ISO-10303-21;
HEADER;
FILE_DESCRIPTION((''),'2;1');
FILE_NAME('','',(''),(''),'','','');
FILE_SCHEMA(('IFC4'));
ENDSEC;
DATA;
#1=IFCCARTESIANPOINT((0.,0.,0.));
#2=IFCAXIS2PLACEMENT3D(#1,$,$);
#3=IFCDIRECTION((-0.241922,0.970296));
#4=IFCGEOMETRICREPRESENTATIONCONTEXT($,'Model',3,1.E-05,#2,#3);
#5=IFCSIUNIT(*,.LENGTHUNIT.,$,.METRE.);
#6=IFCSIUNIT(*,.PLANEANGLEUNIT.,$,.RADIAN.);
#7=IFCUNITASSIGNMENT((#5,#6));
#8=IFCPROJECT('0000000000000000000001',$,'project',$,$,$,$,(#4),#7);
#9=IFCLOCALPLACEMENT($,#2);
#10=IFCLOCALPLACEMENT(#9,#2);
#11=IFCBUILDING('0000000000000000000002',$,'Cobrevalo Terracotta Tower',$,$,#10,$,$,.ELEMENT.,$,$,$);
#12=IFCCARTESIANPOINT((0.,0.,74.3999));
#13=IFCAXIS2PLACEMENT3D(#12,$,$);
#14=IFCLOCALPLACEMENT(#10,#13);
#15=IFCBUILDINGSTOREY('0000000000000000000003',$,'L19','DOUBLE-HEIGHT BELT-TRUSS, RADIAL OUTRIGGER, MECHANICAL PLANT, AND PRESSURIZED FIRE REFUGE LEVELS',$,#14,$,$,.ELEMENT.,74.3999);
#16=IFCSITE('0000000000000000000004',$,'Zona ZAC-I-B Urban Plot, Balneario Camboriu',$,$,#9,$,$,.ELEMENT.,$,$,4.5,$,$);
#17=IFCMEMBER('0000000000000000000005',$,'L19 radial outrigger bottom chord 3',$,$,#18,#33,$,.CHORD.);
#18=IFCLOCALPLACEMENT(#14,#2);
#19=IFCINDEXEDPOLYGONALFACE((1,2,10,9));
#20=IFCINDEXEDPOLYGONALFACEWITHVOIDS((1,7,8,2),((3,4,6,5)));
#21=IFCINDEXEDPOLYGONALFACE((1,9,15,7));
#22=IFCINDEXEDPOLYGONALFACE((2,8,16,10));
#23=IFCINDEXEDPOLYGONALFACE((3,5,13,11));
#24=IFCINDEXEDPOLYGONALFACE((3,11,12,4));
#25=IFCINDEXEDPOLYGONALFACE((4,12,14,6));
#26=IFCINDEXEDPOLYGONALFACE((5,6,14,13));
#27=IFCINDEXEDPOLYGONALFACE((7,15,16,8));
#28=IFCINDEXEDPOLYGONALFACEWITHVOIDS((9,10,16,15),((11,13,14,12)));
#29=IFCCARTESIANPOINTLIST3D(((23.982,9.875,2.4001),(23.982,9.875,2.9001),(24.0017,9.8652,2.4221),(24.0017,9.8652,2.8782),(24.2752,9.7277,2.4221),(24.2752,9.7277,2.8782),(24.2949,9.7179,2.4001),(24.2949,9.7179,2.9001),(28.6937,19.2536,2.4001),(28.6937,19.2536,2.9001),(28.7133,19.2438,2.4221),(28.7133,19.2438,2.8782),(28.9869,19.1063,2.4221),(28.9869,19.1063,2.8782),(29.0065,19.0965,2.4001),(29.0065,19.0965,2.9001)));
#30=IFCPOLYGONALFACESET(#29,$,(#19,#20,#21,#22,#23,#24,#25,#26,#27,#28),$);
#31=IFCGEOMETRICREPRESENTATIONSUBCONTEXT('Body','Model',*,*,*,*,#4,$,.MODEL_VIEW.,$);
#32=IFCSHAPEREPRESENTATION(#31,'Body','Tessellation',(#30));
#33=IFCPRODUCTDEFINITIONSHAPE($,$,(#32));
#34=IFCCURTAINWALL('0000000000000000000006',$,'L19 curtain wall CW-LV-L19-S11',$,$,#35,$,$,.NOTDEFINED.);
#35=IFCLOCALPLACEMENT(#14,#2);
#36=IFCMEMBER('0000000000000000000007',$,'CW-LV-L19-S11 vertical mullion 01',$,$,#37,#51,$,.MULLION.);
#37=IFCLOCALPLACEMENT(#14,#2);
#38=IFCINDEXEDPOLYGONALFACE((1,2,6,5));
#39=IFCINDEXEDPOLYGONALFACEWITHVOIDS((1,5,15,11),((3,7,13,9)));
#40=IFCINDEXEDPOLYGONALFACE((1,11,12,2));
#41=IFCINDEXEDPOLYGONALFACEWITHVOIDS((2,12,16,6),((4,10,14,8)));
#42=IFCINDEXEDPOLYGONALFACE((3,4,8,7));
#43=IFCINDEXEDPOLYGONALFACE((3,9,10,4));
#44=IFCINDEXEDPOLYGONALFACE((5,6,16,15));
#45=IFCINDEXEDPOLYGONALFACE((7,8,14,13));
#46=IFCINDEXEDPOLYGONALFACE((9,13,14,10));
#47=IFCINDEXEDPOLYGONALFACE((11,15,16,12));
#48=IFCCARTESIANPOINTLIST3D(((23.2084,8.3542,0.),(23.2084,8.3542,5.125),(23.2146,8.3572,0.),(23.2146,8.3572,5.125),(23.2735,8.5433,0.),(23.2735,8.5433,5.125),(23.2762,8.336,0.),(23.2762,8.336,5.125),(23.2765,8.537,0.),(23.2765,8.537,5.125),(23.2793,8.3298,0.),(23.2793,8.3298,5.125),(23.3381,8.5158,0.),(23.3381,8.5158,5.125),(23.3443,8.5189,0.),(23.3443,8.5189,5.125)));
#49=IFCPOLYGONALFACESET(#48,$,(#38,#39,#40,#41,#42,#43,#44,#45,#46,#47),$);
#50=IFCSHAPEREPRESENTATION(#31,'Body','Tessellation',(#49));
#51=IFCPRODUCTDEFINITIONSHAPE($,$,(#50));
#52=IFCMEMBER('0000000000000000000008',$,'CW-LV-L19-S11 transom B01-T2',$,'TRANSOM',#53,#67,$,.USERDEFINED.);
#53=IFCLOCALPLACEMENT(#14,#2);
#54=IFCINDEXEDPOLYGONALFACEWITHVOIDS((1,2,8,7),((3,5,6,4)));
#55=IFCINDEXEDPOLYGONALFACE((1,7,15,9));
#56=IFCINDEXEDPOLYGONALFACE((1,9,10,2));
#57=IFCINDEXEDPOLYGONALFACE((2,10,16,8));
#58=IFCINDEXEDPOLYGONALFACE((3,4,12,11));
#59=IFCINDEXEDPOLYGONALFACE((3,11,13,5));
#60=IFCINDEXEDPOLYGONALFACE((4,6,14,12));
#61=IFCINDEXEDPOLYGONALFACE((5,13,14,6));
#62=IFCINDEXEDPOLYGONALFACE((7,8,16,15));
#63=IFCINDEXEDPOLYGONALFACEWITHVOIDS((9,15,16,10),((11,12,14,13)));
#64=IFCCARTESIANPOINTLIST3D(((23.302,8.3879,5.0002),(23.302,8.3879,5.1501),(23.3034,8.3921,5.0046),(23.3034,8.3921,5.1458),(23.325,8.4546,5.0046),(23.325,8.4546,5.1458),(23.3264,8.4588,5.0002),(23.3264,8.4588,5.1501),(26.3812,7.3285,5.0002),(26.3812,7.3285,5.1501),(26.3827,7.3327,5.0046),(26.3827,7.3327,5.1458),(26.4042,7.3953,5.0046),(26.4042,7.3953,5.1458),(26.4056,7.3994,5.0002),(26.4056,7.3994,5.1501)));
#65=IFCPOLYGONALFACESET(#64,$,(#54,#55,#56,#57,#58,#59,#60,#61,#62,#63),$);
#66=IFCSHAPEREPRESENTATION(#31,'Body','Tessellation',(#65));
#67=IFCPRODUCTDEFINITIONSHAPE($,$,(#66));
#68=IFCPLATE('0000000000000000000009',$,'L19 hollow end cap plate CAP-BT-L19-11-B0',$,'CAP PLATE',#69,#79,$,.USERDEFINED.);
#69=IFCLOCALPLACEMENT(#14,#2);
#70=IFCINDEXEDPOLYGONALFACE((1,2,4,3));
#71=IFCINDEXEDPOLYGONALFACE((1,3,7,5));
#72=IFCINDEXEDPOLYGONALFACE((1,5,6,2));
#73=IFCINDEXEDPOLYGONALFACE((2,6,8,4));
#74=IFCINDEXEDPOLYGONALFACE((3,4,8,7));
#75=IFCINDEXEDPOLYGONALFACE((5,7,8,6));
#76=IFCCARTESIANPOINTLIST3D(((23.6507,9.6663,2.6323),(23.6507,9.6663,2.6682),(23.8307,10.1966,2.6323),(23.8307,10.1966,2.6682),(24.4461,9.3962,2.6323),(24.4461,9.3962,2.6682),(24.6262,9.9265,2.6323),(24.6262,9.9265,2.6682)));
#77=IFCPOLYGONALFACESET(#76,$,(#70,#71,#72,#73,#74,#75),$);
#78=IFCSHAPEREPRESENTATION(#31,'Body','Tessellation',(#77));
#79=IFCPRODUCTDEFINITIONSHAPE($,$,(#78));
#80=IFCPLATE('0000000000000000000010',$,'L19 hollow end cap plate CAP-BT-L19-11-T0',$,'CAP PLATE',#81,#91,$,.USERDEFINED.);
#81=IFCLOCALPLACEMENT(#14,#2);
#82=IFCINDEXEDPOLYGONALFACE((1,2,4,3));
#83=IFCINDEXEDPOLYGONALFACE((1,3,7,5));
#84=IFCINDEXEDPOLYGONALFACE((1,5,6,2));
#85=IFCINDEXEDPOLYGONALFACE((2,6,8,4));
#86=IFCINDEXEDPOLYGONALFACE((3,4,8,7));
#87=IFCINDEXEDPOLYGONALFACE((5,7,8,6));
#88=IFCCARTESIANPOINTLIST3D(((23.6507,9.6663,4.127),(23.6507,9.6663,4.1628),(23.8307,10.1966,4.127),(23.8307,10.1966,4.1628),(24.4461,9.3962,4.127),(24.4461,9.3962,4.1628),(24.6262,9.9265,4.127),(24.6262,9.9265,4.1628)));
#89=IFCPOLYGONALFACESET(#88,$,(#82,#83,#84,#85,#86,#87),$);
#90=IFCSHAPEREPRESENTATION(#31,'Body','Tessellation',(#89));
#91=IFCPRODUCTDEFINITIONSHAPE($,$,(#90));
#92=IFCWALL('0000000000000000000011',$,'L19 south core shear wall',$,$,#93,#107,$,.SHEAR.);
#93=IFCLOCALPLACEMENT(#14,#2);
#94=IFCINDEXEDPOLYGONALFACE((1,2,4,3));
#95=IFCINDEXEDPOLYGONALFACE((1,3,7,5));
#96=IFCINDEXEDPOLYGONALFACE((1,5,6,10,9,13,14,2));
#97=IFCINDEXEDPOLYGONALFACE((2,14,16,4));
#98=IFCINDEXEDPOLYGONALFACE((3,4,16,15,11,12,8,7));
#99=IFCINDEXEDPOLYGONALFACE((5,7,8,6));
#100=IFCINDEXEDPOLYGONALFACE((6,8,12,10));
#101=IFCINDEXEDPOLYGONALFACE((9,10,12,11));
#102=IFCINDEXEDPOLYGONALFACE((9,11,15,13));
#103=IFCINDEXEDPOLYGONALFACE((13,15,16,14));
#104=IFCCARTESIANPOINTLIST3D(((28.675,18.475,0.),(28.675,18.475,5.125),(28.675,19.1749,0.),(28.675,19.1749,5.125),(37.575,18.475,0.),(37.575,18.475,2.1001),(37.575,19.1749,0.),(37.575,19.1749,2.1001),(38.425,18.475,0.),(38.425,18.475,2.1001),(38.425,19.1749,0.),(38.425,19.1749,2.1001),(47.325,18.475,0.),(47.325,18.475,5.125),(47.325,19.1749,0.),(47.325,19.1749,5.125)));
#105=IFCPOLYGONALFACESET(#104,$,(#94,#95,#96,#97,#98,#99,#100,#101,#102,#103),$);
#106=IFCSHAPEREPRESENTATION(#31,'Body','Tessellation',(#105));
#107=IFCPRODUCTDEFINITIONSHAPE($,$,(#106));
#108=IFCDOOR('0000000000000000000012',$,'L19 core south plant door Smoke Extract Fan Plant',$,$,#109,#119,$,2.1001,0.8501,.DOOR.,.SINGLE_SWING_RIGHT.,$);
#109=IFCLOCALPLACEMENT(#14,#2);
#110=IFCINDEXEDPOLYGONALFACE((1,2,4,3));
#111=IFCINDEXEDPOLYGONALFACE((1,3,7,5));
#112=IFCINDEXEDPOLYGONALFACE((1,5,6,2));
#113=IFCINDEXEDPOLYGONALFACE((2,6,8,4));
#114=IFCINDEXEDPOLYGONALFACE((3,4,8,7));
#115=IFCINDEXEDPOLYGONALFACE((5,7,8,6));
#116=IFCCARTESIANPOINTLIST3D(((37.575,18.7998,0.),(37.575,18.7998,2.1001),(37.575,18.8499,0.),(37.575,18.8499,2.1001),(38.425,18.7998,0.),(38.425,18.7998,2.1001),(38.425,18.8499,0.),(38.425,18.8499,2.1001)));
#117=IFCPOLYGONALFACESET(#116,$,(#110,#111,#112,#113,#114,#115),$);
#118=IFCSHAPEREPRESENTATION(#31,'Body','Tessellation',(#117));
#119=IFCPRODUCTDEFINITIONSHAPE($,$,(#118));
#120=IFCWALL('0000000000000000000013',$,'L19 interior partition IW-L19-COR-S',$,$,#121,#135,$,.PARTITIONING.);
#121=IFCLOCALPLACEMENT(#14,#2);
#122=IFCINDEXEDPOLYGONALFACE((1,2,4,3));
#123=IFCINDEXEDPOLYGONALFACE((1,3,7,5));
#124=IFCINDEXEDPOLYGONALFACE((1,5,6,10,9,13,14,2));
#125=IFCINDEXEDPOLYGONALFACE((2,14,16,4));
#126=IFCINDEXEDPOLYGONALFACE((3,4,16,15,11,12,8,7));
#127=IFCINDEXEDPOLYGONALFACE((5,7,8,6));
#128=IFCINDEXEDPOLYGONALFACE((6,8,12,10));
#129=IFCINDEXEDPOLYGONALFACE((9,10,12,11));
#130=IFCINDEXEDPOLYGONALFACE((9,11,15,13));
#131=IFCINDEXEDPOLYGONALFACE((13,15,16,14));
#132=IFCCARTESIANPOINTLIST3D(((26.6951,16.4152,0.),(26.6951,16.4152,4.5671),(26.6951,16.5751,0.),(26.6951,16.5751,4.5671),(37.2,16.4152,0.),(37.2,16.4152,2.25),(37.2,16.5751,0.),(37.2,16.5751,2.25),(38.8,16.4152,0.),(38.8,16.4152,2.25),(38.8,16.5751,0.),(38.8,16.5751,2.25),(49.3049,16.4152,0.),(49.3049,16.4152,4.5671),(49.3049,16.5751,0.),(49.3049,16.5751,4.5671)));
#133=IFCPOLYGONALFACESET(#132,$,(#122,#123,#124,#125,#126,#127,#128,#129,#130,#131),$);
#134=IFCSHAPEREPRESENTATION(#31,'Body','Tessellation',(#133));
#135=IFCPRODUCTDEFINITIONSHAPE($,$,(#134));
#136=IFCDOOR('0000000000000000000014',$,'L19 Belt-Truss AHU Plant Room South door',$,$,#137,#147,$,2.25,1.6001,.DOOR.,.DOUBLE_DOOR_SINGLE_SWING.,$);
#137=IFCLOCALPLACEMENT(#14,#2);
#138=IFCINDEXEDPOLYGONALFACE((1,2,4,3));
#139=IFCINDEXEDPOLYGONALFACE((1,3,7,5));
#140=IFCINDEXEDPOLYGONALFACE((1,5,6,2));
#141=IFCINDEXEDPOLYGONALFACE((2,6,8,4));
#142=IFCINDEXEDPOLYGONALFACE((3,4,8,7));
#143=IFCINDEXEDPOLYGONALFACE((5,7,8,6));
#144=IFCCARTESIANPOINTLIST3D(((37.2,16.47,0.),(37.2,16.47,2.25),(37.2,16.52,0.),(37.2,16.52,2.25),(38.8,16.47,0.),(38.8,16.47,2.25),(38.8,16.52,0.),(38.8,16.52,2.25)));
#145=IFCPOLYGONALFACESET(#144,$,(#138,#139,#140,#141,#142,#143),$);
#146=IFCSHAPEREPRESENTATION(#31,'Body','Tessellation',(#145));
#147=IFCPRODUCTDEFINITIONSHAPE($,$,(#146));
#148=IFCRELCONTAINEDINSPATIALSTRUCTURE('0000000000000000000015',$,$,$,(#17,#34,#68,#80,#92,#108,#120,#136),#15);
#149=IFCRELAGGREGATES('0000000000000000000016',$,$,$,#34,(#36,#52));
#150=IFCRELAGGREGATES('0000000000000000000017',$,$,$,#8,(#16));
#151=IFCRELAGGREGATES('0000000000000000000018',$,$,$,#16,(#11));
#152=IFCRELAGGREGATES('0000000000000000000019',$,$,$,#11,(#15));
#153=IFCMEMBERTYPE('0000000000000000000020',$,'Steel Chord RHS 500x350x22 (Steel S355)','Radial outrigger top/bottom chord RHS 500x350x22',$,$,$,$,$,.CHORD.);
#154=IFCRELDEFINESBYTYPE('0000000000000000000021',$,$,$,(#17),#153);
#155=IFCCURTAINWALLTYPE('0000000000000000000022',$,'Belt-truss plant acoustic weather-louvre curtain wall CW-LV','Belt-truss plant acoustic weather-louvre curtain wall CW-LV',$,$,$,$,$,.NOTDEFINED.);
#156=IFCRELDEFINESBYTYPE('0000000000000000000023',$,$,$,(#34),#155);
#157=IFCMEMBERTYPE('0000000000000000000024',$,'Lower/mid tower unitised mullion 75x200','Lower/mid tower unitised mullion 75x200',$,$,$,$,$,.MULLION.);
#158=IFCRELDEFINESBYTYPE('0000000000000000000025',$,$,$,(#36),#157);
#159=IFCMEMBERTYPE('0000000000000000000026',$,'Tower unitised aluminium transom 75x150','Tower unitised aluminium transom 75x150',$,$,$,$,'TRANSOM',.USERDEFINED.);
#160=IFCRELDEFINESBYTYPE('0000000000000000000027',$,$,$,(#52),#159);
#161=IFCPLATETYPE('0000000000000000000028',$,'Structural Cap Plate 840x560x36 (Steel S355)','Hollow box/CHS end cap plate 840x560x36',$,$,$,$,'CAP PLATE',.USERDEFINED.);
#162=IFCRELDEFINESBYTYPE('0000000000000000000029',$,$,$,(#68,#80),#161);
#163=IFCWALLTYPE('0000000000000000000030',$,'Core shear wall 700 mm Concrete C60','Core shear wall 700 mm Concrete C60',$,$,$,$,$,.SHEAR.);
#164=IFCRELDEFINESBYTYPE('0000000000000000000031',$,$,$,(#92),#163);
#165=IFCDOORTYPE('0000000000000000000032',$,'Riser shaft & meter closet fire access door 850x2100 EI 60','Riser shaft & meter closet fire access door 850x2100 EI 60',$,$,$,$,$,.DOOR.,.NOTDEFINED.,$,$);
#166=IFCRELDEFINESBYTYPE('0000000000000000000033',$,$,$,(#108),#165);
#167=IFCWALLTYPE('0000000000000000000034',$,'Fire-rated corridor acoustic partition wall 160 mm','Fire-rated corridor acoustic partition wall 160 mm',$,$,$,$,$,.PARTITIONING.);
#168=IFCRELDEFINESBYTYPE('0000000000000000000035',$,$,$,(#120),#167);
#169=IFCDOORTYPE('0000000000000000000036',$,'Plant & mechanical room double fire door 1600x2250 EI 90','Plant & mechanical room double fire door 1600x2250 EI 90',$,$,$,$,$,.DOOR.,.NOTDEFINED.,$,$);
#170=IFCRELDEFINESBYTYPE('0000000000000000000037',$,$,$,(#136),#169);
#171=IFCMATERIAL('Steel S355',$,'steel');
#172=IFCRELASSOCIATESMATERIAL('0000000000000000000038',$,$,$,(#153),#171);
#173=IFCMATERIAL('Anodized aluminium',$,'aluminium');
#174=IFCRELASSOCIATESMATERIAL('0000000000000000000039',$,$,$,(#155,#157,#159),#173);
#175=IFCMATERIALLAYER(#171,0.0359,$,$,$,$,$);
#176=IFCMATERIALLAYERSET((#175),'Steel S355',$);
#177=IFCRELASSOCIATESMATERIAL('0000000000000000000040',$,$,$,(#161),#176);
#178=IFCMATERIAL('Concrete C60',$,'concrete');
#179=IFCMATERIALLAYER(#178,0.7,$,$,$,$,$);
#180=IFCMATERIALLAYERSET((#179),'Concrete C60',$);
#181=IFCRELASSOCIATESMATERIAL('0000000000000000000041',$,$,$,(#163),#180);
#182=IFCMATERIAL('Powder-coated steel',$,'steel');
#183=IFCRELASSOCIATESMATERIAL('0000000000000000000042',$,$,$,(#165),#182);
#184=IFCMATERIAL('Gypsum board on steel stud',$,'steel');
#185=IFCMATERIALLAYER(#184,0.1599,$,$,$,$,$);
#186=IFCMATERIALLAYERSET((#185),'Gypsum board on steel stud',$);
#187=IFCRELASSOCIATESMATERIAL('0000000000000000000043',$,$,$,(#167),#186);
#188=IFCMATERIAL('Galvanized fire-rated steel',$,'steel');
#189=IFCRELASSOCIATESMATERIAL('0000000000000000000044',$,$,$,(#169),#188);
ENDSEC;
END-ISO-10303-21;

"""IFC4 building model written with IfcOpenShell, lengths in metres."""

from ifc_helpers import new_model, si_unit, direction, frame, frame_2d, origin, origin_2d, place, context, subcontext, project, spatial, rectangle, hollow_rectangle, extrude, source, transform, mapped, material, layer, layer_set, material_profile, profile_set, type_object, element, fill, aggregate, save


model = new_model("IFC4")

# Units and contexts
model_context = context("Model", 3, precision=1e-05, world=origin(), true_north=direction((-0.241922, 0.970296)))
body_context = subcontext(model_context, "Body", "Model", "MODEL_VIEW")
ifc_project = project(units=[si_unit("LENGTHUNIT", "METRE"), si_unit("PLANEANGLEUNIT", "RADIAN")], contexts=[model_context])

# Site, building, storey
site_placement = place(None, origin())
site = spatial("IfcSite", under=ifc_project, at=site_placement, Name="Zona ZAC-I-B Urban Plot, Balneario Camboriu", CompositionType="ELEMENT", RefElevation=4.5)
building_placement = place(site_placement, origin())
building = spatial("IfcBuilding", under=site, at=building_placement, Name="Cobrevalo Terracotta Tower", CompositionType="ELEMENT")
storey_placement = place(building_placement, frame((0.0, 0.0, 74.3999)))
storey = spatial("IfcBuildingStorey", under=building, at=storey_placement, Name="L19", Description="DOUBLE-HEIGHT BELT-TRUSS, RADIAL OUTRIGGER, MECHANICAL PLANT, AND PRESSURIZED FIRE REFUGE LEVELS", CompositionType="ELEMENT", Elevation=74.3999)

# Shared definitions
ifc_material_1 = material(Name="Steel S355", Category="steel")
ifc_material_2 = material(Name="Concrete C60", Category="concrete")

# Member
ifc_material_profile_1 = material_profile(ifc_material_1, hollow_rectangle(XDim=0.3501, YDim=0.5, WallThickness=0.022, at=origin_2d()), Name="RHS 500x350x22")
ifc_profile_set_1 = profile_set([ifc_material_profile_1], Name="Steel S355")
member_type_1 = type_object("IfcMemberType", Name="Steel Chord RHS 500x350x22 (Steel S355)", Description="Radial outrigger top/bottom chord RHS 500x350x22", PredefinedType="CHORD", material=ifc_profile_set_1)
shared_shape_1 = source(origin(), body_context, "Body", "SweptSolid", [
    extrude(hollow_rectangle(XDim=0.3501, YDim=0.5, WallThickness=0.022, at=origin_2d()), origin(), (0.0, 0.0, 1.0), 10.4956),
])
member_1_placement = place(storey_placement, frame((28.8501, 19.175, 2.6501), z_axis=(-0.448915, -0.893574, 0.0), x_axis=(0.893574, -0.448915, 0.0)))
element("IfcMember", 1, at=member_1_placement, inside=storey, type_object=member_type_1, Name="L19 radial outrigger bottom chord 3", PredefinedType="CHORD", context=body_context, shape_type="MappedRepresentation", body=[
    mapped(shared_shape_1, transform((0.0, 0.0, 0.0), scale=1.0)),
])

# Curtain wall, members
ifc_material_3 = material(Name="Anodized aluminium", Category="aluminium")
curtain_wall_type = type_object("IfcCurtainWallType", Name="Belt-truss plant acoustic weather-louvre curtain wall CW-LV", Description="Belt-truss plant acoustic weather-louvre curtain wall CW-LV", PredefinedType="NOTDEFINED", material=ifc_material_3)
curtain_wall_placement = place(storey_placement, origin())
curtain_wall = element("IfcCurtainWall", 2, at=curtain_wall_placement, inside=storey, type_object=curtain_wall_type, Name="L19 curtain wall CW-LV-L19-S11", PredefinedType="NOTDEFINED")
ifc_material_profile_2 = material_profile(ifc_material_3, hollow_rectangle(XDim=0.075, YDim=0.2, WallThickness=0.0049, at=origin_2d()), Name="CWM 75x200")
ifc_profile_set_2 = profile_set([ifc_material_profile_2], Name="Anodized aluminium")
member_type_2 = type_object("IfcMemberType", Name="Lower/mid tower unitised mullion 75x200", Description="Lower/mid tower unitised mullion 75x200", PredefinedType="MULLION", material=ifc_profile_set_2)
shared_shape_2 = source(origin(), body_context, "Body", "SweptSolid", [
    extrude(hollow_rectangle(XDim=0.075, YDim=0.2, WallThickness=0.0049, at=origin_2d()), origin(), (0.0, 0.0, 1.0), 5.125),
])
member_2_placement = place(storey_placement, frame((23.2764, 8.4365, 0.0), z_axis=(0.0, 0.0, 1.0), x_axis=(0.945598, -0.325337, 0.0)))
member_2 = element("IfcMember", 3, at=member_2_placement, type_object=member_type_2, Name="CW-LV-L19-S11 vertical mullion 01", PredefinedType="MULLION", context=body_context, shape_type="MappedRepresentation", body=[
    mapped(shared_shape_2, transform((0.0, 0.0, 0.0), scale=1.0)),
])
ifc_material_profile_3 = material_profile(ifc_material_3, hollow_rectangle(XDim=0.075, YDim=0.1499, WallThickness=0.0044, at=origin_2d()), Name="CWT 75x150")
ifc_profile_set_3 = profile_set([ifc_material_profile_3], Name="Anodized aluminium")
member_type_3 = type_object("IfcMemberType", Name="Tower unitised aluminium transom 75x150", Description="Tower unitised aluminium transom 75x150", ElementType="TRANSOM", PredefinedType="USERDEFINED", material=ifc_profile_set_3)
shared_shape_3 = source(origin(), body_context, "Body", "SweptSolid", [
    extrude(hollow_rectangle(XDim=0.075, YDim=0.1499, WallThickness=0.0044, at=origin_2d()), origin(), (0.0, 0.0, 1.0), 3.2563),
])
member_3_placement = place(storey_placement, frame((23.3142, 8.4233, 5.0752), z_axis=(0.945603, -0.325323, 0.0), x_axis=(0.325323, 0.945603, 0.0)))
member_3 = element("IfcMember", 4, at=member_3_placement, type_object=member_type_3, Name="CW-LV-L19-S11 transom B01-T2", ObjectType="TRANSOM", PredefinedType="USERDEFINED", context=body_context, shape_type="MappedRepresentation", body=[
    mapped(shared_shape_3, transform((0.0, 0.0, 0.0), scale=1.0)),
])
aggregate(curtain_wall, [member_2, member_3])

# Plates
ifc_layer_1 = layer(ifc_material_1, 0.0359)
ifc_layer_set_1 = layer_set([ifc_layer_1], Name="Steel S355")
plate_type = type_object("IfcPlateType", Name="Structural Cap Plate 840x560x36 (Steel S355)", Description="Hollow box/CHS end cap plate 840x560x36", ElementType="CAP PLATE", PredefinedType="USERDEFINED", material=ifc_layer_set_1)
shared_shape_4 = source(origin(), body_context, "Body", "SweptSolid", [
    extrude(rectangle(XDim=0.8401, YDim=0.5601, at=origin_2d()), origin(), (0.0, 0.0, 1.0), 0.0359),
])
for number, where, z_axis, x_axis, name in (
    (5, (24.1384, 9.7964, 2.6323), (0.0, 0.0, 1.0), (0.946916, -0.321482, 0.0), "L19 hollow end cap plate CAP-BT-L19-11-B0"),
    (6, (24.1384, 9.7964, 4.127), (0.0, 0.0, 1.0), (0.946916, -0.321482, 0.0), "L19 hollow end cap plate CAP-BT-L19-11-T0"),
):
    element("IfcPlate", number, at=place(storey_placement, frame(where, z_axis=z_axis, x_axis=x_axis)), inside=storey, type_object=plate_type, Name=name, ObjectType="CAP PLATE", PredefinedType="USERDEFINED", context=body_context, shape_type="MappedRepresentation", body=[
        mapped(shared_shape_4, transform((0.0, 0.0, 0.0), scale=1.0)),
    ])

# Walls, openings, doors
ifc_layer_2 = layer(ifc_material_2, 0.7)
ifc_layer_set_2 = layer_set([ifc_layer_2], Name="Concrete C60")
wall_type_1 = type_object("IfcWallType", Name="Core shear wall 700 mm Concrete C60", Description="Core shear wall 700 mm Concrete C60", PredefinedType="SHEAR", material=ifc_layer_set_2)
wall_1_placement = place(storey_placement, frame((28.675, 18.825, 0.0), z_axis=(0.0, 0.0, 1.0), x_axis=(1.0, 0.0, 0.0)))
wall_1 = element("IfcWall", 7, at=wall_1_placement, inside=storey, type_object=wall_type_1, Name="L19 south core shear wall", PredefinedType="SHEAR", context=body_context, shape_type="SweptSolid", body=[
    extrude(rectangle(XDim=18.6499, YDim=0.7, at=frame_2d((9.325, 0.0))), origin(), (0.0, 0.0, 1.0), 5.125),
])
opening_1_placement = place(wall_1_placement, frame((8.8999, 0.0, 0.0)))
opening_1 = element("IfcOpeningElement", 8, at=opening_1_placement, cuts=wall_1, PredefinedType="OPENING", context=body_context, shape_type="SweptSolid", body=[
    extrude(rectangle(XDim=0.8501, YDim=2.1001, at=frame_2d((0.425, 1.05))), frame((0.0, 0.3599, 0.0), z_axis=(0.0, -1.0, 0.0), x_axis=(1.0, 0.0, 0.0)), (0.0, 0.0, 1.0), 0.72),
])
ifc_material_4 = material(Name="Powder-coated steel", Category="steel")
door_type_1 = type_object("IfcDoorType", Name="Riser shaft & meter closet fire access door 850x2100 EI 60", Description="Riser shaft & meter closet fire access door 850x2100 EI 60", OperationType="NOTDEFINED", PredefinedType="DOOR", material=ifc_material_4)
shared_shape_5 = source(origin(), body_context, "Body", "SweptSolid", [
    extrude(rectangle(XDim=0.8501, YDim=2.1001, at=frame_2d((0.425, 1.05))), frame((0.0, 0.0249, 0.0), z_axis=(0.0, -1.0, 0.0), x_axis=(1.0, 0.0, 0.0)), (0.0, 0.0, 1.0), 0.05),
])
door_1_placement = place(opening_1_placement, origin())
door_1 = element("IfcDoor", 9, at=door_1_placement, inside=storey, type_object=door_type_1, Name="L19 core south plant door Smoke Extract Fan Plant", OperationType="SINGLE_SWING_RIGHT", OverallHeight=2.1001, OverallWidth=0.8501, PredefinedType="DOOR", context=body_context, shape_type="MappedRepresentation", body=[
    mapped(shared_shape_5, transform((0.0, 0.0, 0.0), scale=1.0)),
])
fill(opening_1, door_1)
ifc_material_5 = material(Name="Gypsum board on steel stud", Category="steel")
ifc_layer_3 = layer(ifc_material_5, 0.1599)
ifc_layer_set_3 = layer_set([ifc_layer_3], Name="Gypsum board on steel stud")
wall_type_2 = type_object("IfcWallType", Name="Fire-rated corridor acoustic partition wall 160 mm", Description="Fire-rated corridor acoustic partition wall 160 mm", PredefinedType="PARTITIONING", material=ifc_layer_set_3)
wall_2_placement = place(storey_placement, frame((26.6951, 16.4951, 0.0), z_axis=(0.0, 0.0, 1.0), x_axis=(1.0, 0.0, 0.0)))
wall_2 = element("IfcWall", 10, at=wall_2_placement, inside=storey, type_object=wall_type_2, Name="L19 interior partition IW-L19-COR-S", PredefinedType="PARTITIONING", context=body_context, shape_type="SweptSolid", body=[
    extrude(rectangle(XDim=22.6099, YDim=0.1599, at=frame_2d((11.3049, 0.0))), origin(), (0.0, 0.0, 1.0), 4.5671),
])
opening_2_placement = place(wall_2_placement, frame((10.5049, 0.0, 0.0)))
opening_2 = element("IfcOpeningElement", 11, at=opening_2_placement, cuts=wall_2, PredefinedType="OPENING", context=body_context, shape_type="SweptSolid", body=[
    extrude(rectangle(XDim=1.6001, YDim=2.25, at=frame_2d((0.8, 1.125))), frame((0.0, 0.0898, 0.0), z_axis=(0.0, -1.0, 0.0), x_axis=(1.0, 0.0, 0.0)), (0.0, 0.0, 1.0), 0.1799),
])
ifc_material_6 = material(Name="Galvanized fire-rated steel", Category="steel")
door_type_2 = type_object("IfcDoorType", Name="Plant & mechanical room double fire door 1600x2250 EI 90", Description="Plant & mechanical room double fire door 1600x2250 EI 90", OperationType="NOTDEFINED", PredefinedType="DOOR", material=ifc_material_6)
shared_shape_6 = source(origin(), body_context, "Body", "SweptSolid", [
    extrude(rectangle(XDim=1.6001, YDim=2.25, at=frame_2d((0.8, 1.125))), frame((0.0, 0.0249, 0.0), z_axis=(0.0, -1.0, 0.0), x_axis=(1.0, 0.0, 0.0)), (0.0, 0.0, 1.0), 0.05),
])
door_2_placement = place(opening_2_placement, origin())
door_2 = element("IfcDoor", 12, at=door_2_placement, inside=storey, type_object=door_type_2, Name="L19 Belt-Truss AHU Plant Room South door", OperationType="DOUBLE_DOOR_SINGLE_SWING", OverallHeight=2.25, OverallWidth=1.6001, PredefinedType="DOOR", context=body_context, shape_type="MappedRepresentation", body=[
    mapped(shared_shape_6, transform((0.0, 0.0, 0.0), scale=1.0)),
])
fill(opening_2, door_2)

save(model, "model.ifc")
